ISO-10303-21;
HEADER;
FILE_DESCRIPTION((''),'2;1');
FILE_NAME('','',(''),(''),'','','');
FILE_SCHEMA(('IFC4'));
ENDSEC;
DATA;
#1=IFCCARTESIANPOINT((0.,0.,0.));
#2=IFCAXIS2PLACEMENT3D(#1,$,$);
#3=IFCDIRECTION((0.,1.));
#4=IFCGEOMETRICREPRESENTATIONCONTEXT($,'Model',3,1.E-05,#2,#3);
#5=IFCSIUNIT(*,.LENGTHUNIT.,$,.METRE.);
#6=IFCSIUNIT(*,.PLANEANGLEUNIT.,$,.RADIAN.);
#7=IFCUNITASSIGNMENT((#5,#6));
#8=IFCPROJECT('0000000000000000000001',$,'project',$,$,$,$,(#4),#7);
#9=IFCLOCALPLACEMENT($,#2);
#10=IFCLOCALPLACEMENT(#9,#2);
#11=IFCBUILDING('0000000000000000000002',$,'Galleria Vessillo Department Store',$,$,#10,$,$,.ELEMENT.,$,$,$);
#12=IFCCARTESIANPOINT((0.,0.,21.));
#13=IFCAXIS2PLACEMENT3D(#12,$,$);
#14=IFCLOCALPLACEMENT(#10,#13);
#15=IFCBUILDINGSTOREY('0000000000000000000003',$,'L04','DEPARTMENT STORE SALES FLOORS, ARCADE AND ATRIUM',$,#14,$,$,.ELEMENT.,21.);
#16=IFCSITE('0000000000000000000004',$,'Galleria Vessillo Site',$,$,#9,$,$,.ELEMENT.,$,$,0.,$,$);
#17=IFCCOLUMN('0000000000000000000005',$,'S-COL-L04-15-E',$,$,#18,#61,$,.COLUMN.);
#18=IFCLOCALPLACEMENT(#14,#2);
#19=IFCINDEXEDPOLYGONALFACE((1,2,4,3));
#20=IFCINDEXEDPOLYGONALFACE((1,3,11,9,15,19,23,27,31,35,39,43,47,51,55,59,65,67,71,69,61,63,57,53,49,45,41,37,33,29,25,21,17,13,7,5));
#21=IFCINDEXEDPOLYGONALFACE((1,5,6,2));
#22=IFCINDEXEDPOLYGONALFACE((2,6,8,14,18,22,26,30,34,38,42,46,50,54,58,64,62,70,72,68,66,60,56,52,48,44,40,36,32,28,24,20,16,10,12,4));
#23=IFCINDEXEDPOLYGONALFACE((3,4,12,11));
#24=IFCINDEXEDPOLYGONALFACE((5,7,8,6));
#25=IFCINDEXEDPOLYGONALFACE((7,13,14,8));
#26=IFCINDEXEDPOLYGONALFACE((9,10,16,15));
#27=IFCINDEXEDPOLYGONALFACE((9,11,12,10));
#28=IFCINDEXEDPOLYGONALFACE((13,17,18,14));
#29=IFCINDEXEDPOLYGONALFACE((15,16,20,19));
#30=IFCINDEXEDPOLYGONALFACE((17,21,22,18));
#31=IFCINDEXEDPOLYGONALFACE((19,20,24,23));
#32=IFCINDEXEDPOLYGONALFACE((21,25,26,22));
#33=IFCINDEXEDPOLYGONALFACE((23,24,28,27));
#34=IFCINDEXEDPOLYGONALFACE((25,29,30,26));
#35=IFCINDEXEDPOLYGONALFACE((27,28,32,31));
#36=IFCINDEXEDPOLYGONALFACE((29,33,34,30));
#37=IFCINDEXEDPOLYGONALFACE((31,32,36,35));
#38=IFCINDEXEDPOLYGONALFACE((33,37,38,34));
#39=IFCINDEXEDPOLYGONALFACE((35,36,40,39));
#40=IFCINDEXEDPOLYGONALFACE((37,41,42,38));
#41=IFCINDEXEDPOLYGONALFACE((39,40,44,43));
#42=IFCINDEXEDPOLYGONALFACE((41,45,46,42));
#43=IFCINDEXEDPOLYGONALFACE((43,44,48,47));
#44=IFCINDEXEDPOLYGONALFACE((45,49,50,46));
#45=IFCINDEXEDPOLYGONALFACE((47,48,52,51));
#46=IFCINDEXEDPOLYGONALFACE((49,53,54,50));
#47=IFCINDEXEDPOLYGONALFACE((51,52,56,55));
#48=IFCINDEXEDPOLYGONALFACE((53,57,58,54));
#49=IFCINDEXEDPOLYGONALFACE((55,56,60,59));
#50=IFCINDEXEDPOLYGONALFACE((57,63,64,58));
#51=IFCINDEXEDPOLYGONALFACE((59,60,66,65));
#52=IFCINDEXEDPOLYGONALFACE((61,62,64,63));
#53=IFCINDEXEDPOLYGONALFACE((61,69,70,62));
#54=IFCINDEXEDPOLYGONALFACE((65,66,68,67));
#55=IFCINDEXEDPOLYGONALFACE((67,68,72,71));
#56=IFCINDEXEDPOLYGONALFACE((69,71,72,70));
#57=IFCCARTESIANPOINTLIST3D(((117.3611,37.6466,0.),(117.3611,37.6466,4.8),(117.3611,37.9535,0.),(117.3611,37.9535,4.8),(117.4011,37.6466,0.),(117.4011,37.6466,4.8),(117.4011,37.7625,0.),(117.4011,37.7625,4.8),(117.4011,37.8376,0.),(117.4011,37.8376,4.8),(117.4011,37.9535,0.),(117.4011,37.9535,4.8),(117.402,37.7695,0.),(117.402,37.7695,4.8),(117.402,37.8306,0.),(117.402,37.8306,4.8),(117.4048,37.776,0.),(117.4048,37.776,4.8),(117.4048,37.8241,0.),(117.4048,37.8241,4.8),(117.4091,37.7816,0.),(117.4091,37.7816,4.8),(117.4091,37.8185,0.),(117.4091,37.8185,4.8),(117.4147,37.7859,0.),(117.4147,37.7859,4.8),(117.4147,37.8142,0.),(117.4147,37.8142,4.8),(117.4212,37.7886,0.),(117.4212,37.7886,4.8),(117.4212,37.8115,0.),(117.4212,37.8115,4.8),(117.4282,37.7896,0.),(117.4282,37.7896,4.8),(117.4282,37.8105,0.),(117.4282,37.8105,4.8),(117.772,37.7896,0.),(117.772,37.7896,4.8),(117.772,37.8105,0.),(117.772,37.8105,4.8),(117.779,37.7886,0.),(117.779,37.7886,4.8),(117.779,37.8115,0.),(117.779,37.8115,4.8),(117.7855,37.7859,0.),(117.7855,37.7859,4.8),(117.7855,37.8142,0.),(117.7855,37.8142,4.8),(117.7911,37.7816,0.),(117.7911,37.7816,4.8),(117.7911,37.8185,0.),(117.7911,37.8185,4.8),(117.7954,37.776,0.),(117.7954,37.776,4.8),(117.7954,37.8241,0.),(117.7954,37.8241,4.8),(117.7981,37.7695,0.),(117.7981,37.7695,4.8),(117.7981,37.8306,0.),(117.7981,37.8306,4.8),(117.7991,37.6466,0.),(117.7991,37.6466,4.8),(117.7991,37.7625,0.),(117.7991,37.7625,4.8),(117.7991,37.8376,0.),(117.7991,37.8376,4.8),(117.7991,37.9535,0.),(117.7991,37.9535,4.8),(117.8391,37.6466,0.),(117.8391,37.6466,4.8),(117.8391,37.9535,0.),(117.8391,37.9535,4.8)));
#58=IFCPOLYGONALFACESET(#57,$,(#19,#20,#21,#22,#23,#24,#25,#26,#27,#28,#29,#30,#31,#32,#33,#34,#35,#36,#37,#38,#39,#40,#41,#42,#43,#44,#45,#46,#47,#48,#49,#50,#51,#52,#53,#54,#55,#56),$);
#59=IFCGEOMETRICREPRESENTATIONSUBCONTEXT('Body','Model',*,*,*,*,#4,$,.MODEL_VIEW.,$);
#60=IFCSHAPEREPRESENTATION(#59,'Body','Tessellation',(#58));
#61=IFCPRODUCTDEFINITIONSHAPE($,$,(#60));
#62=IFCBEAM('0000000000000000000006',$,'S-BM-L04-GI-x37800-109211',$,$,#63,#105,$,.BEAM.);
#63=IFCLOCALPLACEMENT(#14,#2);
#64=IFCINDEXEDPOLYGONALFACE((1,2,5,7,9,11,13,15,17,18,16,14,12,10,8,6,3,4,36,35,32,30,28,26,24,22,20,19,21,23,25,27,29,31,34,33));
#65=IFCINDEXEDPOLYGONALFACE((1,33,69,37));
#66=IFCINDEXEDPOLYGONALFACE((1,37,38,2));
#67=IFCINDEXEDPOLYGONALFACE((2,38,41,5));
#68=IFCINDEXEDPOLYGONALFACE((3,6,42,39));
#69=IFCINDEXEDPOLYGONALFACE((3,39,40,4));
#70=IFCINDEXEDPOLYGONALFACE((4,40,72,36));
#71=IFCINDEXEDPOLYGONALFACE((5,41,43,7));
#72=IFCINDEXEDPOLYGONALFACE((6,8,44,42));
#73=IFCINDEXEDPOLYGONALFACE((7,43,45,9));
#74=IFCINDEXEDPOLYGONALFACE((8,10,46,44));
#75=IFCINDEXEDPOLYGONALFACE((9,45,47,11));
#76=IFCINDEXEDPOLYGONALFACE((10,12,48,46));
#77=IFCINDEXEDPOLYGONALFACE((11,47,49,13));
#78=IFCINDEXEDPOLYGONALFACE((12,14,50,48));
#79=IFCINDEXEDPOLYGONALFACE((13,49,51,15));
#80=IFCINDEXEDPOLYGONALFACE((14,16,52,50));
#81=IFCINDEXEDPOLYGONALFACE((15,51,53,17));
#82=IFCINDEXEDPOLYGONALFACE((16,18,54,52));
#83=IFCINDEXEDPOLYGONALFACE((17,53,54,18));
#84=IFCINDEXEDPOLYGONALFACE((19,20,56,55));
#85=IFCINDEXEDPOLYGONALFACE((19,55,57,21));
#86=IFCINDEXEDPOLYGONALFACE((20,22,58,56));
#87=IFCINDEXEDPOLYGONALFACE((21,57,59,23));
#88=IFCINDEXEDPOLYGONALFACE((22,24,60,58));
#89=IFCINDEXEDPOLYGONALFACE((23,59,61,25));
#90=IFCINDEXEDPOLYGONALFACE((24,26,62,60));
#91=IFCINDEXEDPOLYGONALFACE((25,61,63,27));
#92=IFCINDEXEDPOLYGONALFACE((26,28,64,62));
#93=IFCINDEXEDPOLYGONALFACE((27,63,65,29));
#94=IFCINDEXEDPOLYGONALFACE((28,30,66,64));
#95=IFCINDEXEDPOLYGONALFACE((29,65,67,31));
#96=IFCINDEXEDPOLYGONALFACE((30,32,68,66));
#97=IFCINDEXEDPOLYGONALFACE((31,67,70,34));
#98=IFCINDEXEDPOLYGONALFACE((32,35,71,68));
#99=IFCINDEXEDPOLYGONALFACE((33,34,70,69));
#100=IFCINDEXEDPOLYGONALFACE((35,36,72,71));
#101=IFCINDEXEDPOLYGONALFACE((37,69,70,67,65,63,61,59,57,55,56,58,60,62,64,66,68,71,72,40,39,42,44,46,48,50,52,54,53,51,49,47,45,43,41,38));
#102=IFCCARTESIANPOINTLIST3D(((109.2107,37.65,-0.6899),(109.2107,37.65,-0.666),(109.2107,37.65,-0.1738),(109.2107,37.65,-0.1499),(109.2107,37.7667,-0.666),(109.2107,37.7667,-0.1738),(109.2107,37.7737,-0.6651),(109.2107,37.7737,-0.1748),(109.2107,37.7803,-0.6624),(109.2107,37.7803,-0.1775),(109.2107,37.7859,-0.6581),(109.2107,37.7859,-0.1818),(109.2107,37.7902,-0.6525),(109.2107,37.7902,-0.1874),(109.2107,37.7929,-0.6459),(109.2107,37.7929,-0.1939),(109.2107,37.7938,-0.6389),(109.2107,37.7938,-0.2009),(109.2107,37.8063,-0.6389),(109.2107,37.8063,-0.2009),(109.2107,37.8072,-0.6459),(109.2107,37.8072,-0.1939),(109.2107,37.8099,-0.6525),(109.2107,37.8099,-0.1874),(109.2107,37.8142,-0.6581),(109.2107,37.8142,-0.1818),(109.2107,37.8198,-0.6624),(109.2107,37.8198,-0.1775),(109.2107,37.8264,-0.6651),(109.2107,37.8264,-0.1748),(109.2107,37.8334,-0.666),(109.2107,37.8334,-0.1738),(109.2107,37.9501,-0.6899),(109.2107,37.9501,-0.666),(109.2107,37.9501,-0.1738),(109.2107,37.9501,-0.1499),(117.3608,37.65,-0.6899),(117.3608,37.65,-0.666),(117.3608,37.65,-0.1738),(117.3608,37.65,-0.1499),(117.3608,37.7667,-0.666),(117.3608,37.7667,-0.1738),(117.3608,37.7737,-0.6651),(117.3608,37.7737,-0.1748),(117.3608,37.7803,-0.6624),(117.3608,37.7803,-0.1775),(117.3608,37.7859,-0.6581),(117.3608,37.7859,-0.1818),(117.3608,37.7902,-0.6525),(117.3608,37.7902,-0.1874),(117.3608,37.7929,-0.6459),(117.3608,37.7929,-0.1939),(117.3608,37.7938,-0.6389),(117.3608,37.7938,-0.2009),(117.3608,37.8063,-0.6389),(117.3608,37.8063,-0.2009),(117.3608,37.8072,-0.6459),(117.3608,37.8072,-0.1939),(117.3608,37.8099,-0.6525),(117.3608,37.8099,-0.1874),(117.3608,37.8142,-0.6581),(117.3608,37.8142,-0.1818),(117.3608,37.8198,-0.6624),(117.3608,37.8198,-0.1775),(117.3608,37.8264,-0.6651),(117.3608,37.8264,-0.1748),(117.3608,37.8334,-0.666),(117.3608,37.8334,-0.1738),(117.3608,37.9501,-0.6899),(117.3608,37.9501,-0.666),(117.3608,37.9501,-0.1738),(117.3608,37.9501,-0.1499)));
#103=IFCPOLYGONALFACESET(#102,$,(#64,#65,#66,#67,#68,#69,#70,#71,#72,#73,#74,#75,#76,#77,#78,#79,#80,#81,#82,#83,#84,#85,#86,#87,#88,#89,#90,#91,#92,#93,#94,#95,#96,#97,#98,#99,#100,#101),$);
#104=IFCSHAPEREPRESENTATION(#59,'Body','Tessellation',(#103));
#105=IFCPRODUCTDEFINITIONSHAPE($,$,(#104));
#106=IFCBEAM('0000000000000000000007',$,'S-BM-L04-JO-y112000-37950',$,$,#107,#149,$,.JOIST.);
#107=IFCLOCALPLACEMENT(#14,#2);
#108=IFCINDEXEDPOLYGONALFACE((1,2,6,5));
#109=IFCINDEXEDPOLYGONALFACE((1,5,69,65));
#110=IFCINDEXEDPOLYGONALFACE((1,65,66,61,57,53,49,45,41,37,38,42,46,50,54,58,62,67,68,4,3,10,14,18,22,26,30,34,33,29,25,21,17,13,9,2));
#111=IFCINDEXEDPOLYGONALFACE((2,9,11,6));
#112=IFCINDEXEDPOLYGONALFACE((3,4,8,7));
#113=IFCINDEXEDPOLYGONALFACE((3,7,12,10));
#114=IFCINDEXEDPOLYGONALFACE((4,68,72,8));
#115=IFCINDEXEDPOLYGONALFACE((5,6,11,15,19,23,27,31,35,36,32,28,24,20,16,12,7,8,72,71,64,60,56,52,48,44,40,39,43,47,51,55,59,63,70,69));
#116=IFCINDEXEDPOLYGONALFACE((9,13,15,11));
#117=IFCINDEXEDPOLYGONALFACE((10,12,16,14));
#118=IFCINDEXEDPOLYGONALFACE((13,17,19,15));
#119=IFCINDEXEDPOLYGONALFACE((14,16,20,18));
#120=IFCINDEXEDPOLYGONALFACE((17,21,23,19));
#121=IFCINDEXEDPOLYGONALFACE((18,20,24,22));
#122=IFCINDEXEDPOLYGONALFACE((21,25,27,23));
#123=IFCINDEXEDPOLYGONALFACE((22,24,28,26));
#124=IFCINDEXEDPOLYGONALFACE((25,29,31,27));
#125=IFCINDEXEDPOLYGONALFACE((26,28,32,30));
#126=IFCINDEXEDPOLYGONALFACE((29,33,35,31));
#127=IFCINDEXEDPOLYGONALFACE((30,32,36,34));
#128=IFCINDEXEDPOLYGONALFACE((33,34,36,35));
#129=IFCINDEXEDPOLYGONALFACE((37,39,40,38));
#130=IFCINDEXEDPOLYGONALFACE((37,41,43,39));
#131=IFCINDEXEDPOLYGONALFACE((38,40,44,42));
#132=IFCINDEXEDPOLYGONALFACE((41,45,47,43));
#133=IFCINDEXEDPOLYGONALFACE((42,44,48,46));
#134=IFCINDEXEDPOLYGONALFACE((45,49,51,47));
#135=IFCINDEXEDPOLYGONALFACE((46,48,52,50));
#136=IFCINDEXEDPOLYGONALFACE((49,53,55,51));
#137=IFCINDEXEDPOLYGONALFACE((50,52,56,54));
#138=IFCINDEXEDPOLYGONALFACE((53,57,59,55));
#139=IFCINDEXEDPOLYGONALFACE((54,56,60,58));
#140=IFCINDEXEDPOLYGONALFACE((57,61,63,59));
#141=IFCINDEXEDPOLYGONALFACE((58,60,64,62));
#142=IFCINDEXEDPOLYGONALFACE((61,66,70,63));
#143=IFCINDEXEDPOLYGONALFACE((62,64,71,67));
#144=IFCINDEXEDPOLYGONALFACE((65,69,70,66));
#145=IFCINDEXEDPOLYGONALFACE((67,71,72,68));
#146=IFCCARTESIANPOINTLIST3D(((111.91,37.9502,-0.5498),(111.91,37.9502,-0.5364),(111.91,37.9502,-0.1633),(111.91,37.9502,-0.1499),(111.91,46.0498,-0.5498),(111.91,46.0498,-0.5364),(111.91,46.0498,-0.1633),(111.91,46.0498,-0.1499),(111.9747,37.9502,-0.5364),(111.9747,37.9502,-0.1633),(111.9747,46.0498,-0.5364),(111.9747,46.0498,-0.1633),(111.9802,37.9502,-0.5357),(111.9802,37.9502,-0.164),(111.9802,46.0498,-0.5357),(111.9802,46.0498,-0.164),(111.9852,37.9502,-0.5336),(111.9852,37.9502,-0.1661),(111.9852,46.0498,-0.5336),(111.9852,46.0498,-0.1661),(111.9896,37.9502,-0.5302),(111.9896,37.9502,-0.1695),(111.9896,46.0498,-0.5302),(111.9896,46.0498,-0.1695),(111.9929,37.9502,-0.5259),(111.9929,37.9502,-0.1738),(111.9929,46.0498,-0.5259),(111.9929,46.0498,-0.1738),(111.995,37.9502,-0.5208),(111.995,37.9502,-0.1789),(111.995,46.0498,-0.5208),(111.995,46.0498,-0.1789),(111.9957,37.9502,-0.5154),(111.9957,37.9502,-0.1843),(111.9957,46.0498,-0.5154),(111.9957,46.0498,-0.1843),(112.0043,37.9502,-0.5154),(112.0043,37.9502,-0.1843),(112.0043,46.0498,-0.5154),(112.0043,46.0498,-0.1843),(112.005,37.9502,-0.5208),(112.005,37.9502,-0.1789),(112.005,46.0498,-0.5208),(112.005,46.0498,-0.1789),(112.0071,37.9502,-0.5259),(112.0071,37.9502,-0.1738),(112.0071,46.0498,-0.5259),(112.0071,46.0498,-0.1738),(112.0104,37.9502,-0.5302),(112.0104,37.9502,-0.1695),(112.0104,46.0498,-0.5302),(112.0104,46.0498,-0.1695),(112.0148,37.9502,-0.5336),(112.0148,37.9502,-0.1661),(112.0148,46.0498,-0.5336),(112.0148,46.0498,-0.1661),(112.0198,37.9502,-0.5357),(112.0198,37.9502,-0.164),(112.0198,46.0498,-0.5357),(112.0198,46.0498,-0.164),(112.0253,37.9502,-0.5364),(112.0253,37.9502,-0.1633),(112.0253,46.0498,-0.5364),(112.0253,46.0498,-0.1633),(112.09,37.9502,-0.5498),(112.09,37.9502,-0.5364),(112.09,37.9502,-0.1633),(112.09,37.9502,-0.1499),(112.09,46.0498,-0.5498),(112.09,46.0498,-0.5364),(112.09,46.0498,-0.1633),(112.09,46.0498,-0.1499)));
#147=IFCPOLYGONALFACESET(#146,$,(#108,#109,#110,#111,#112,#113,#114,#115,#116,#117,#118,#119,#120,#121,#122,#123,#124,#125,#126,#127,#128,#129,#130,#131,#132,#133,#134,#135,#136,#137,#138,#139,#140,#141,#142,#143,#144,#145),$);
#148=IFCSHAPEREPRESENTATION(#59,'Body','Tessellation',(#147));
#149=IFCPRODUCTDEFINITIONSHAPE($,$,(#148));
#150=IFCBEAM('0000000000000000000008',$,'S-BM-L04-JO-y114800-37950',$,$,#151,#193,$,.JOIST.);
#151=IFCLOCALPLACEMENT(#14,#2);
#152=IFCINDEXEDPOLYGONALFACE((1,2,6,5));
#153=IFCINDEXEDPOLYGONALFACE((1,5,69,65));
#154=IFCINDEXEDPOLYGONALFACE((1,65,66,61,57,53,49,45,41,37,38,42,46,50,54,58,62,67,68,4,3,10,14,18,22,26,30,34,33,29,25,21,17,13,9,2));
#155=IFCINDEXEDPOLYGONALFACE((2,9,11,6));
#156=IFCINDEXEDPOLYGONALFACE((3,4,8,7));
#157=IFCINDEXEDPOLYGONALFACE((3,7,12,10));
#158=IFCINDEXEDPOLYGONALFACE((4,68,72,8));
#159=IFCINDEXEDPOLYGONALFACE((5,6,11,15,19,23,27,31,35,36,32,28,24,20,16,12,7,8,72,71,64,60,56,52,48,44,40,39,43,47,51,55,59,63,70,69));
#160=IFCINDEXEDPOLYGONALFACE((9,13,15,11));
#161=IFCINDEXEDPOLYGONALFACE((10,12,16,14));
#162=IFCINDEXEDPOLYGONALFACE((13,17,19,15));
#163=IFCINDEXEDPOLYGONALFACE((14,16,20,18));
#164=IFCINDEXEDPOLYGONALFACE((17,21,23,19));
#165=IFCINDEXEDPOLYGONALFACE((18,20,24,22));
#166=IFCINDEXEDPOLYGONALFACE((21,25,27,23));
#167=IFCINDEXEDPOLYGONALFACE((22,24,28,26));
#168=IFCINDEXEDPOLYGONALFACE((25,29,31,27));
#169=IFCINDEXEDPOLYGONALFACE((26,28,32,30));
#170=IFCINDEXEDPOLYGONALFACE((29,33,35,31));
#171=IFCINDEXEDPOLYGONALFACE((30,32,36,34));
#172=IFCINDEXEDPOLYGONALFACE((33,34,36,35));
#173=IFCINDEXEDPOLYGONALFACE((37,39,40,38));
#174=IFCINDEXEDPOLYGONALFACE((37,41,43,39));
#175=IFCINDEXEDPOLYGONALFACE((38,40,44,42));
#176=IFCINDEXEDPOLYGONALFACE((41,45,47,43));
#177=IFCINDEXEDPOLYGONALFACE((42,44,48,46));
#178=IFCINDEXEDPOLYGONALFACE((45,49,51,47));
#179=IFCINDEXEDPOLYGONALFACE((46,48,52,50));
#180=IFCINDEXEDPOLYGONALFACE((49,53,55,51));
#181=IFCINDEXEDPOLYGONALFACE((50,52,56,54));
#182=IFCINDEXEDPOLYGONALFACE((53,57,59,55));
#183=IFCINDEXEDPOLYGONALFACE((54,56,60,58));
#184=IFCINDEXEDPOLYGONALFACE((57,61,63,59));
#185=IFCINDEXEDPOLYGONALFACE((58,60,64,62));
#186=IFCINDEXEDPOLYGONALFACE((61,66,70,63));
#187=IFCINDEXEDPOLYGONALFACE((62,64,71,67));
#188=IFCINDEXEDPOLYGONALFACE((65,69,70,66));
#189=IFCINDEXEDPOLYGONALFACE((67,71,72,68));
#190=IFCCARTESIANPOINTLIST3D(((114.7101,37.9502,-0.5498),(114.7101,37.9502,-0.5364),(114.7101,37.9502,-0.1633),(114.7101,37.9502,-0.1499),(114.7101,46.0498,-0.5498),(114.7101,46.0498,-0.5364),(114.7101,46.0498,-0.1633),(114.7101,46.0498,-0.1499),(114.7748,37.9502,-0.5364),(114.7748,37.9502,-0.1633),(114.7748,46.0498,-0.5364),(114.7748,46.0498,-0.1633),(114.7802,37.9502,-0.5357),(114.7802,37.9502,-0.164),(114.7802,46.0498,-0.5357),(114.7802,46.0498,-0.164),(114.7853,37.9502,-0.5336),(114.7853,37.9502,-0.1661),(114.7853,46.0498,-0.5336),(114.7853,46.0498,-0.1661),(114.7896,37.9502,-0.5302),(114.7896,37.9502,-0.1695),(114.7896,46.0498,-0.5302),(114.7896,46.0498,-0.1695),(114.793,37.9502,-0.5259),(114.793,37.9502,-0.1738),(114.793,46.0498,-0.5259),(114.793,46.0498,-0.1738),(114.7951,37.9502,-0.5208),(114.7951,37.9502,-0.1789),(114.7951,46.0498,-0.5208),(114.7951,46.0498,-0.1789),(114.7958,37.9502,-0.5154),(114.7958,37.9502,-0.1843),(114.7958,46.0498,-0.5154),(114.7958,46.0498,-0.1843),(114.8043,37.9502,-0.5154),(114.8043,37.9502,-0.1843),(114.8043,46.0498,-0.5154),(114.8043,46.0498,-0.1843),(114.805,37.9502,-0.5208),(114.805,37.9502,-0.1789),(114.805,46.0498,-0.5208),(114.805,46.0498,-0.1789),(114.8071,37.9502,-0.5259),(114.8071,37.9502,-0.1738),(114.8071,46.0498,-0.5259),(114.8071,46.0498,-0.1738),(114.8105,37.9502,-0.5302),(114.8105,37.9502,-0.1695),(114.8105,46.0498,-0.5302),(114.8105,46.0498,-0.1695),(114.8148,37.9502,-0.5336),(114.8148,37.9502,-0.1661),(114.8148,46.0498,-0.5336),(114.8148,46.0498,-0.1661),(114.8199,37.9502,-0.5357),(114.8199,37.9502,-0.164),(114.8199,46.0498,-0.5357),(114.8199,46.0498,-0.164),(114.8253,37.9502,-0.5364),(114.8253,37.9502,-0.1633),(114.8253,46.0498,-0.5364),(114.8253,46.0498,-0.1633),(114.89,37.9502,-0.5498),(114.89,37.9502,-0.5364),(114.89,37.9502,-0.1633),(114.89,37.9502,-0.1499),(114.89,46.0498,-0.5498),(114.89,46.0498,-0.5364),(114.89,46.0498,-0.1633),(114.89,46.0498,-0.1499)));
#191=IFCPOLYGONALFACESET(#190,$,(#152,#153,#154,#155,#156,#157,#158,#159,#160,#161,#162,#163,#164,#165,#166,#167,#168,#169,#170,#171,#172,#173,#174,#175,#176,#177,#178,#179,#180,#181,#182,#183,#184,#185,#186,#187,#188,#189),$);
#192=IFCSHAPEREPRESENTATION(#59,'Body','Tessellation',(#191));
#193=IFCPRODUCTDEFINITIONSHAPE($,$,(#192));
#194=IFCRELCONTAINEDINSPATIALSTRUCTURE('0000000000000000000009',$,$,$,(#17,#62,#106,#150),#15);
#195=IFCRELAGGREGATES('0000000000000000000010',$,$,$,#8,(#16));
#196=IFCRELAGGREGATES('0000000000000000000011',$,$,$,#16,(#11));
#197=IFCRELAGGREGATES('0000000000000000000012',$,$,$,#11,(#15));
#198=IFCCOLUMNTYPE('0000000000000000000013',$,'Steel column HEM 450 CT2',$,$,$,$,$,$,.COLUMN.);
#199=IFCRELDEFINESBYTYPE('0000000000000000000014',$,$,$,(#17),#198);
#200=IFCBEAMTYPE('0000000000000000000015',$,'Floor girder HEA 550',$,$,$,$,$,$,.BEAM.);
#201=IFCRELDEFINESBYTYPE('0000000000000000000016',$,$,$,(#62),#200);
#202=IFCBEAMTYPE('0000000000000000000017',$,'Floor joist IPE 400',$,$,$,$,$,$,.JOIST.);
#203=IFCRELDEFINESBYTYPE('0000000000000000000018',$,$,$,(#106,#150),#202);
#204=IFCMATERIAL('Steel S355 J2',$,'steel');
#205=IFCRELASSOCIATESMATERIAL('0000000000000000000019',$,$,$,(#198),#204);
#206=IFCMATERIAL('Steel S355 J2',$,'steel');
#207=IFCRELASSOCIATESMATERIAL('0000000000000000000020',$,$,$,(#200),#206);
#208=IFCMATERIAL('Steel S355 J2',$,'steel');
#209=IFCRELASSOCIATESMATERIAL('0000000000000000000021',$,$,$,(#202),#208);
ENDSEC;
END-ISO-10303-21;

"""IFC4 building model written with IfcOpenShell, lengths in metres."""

from ifc_helpers import new_model, si_unit, direction, frame, origin, origin_2d, place, context, subcontext, project, spatial, i_section, extrude, material, material_profile, profile_set, type_object, element, save


model = new_model("IFC4")

# Units and contexts
model_context = context("Model", 3, precision=1e-05, world=origin(), true_north=direction((0.0, 1.0)))
body_context = subcontext(model_context, "Body", "Model", "MODEL_VIEW")
ifc_project = project(units=[si_unit("LENGTHUNIT", "METRE"), si_unit("PLANEANGLEUNIT", "RADIAN")], contexts=[model_context])

# Site, building, storey
site_placement = place(None, origin())
site = spatial("IfcSite", under=ifc_project, at=site_placement, Name="Galleria Vessillo Site", CompositionType="ELEMENT", RefElevation=0.0)
building_placement = place(site_placement, origin())
building = spatial("IfcBuilding", under=site, at=building_placement, Name="Galleria Vessillo Department Store", CompositionType="ELEMENT")
storey_placement = place(building_placement, frame((0.0, 0.0, 21.0)))
storey = spatial("IfcBuildingStorey", under=building, at=storey_placement, Name="L04", Description="DEPARTMENT STORE SALES FLOORS, ARCADE AND ATRIUM", CompositionType="ELEMENT", Elevation=21.0)

# Column
ifc_material_1 = material(Name="Steel S355 J2", Category="steel")
ifc_material_profile_1 = material_profile(ifc_material_1, i_section(OverallWidth=0.3069, OverallDepth=0.478, WebThickness=0.021, FlangeThickness=0.04, FilletRadius=0.0271, at=origin_2d()), Name="HEM 450")
ifc_profile_set_1 = profile_set([ifc_material_profile_1], Name="Steel S355 J2")
column_type = type_object("IfcColumnType", Name="Steel column HEM 450 CT2", PredefinedType="COLUMN", material=ifc_profile_set_1)
column_placement = place(storey_placement, frame((117.6001, 37.8, 0.0), z_axis=(0.0, 0.0, 1.0), x_axis=(0.0, 1.0, 0.0)))
element("IfcColumn", 1, at=column_placement, inside=storey, type_object=column_type, Name="S-COL-L04-15-E", PredefinedType="COLUMN", context=body_context, shape_type="SweptSolid", body=[
    extrude(i_section(OverallWidth=0.3069, OverallDepth=0.478, WebThickness=0.021, FlangeThickness=0.04, FilletRadius=0.0271, at=origin_2d()), origin(), (0.0, 0.0, 1.0), 4.8),
])

# Beams
ifc_material_2 = material(Name="Steel S355 J2", Category="steel")
ifc_material_profile_2 = material_profile(ifc_material_2, i_section(OverallWidth=0.3, OverallDepth=0.54, WebThickness=0.0125, FlangeThickness=0.0239, FilletRadius=0.0271, at=origin_2d()), Name="HEA 550")
ifc_profile_set_2 = profile_set([ifc_material_profile_2], Name="Steel S355 J2")
beam_type_1 = type_object("IfcBeamType", Name="Floor girder HEA 550", PredefinedType="BEAM", material=ifc_profile_set_2)
beam_placement = place(storey_placement, frame((109.2107, 37.8, -0.4199), z_axis=(1.0, 0.0, 0.0), x_axis=(0.0, 1.0, 0.0)))
element("IfcBeam", 2, at=beam_placement, inside=storey, type_object=beam_type_1, Name="S-BM-L04-GI-x37800-109211", PredefinedType="BEAM", context=body_context, shape_type="SweptSolid", body=[
    extrude(i_section(OverallWidth=0.3, OverallDepth=0.54, WebThickness=0.0125, FlangeThickness=0.0239, FilletRadius=0.0271, at=origin_2d()), origin(), (0.0, 0.0, 1.0), 8.1501),
])
ifc_material_3 = material(Name="Steel S355 J2", Category="steel")
ifc_material_profile_3 = material_profile(ifc_material_3, i_section(OverallWidth=0.1799, OverallDepth=0.3999, WebThickness=0.0085, FlangeThickness=0.0134, FilletRadius=0.021, at=origin_2d()), Name="IPE 400")
ifc_profile_set_3 = profile_set([ifc_material_profile_3], Name="Steel S355 J2")
beam_type_2 = type_object("IfcBeamType", Name="Floor joist IPE 400", PredefinedType="JOIST", material=ifc_profile_set_3)
for number, where, z_axis, x_axis, name in (
    (3, (112.0, 37.9502, -0.3499), (0.0, 1.0, 0.0), (-1.0, 0.0, 0.0), "S-BM-L04-JO-y112000-37950"),
    (4, (114.8, 37.9502, -0.3499), (0.0, 1.0, 0.0), (-1.0, 0.0, 0.0), "S-BM-L04-JO-y114800-37950"),
):
    element("IfcBeam", number, at=place(storey_placement, frame(where, z_axis=z_axis, x_axis=x_axis)), inside=storey, type_object=beam_type_2, Name=name, PredefinedType="JOIST", context=body_context, shape_type="SweptSolid", body=[
        extrude(i_section(OverallWidth=0.1799, OverallDepth=0.3999, WebThickness=0.0085, FlangeThickness=0.0134, FilletRadius=0.021, at=origin_2d()), origin(), (0.0, 0.0, 1.0), 8.0996),
    ])

save(model, "model.ifc")
